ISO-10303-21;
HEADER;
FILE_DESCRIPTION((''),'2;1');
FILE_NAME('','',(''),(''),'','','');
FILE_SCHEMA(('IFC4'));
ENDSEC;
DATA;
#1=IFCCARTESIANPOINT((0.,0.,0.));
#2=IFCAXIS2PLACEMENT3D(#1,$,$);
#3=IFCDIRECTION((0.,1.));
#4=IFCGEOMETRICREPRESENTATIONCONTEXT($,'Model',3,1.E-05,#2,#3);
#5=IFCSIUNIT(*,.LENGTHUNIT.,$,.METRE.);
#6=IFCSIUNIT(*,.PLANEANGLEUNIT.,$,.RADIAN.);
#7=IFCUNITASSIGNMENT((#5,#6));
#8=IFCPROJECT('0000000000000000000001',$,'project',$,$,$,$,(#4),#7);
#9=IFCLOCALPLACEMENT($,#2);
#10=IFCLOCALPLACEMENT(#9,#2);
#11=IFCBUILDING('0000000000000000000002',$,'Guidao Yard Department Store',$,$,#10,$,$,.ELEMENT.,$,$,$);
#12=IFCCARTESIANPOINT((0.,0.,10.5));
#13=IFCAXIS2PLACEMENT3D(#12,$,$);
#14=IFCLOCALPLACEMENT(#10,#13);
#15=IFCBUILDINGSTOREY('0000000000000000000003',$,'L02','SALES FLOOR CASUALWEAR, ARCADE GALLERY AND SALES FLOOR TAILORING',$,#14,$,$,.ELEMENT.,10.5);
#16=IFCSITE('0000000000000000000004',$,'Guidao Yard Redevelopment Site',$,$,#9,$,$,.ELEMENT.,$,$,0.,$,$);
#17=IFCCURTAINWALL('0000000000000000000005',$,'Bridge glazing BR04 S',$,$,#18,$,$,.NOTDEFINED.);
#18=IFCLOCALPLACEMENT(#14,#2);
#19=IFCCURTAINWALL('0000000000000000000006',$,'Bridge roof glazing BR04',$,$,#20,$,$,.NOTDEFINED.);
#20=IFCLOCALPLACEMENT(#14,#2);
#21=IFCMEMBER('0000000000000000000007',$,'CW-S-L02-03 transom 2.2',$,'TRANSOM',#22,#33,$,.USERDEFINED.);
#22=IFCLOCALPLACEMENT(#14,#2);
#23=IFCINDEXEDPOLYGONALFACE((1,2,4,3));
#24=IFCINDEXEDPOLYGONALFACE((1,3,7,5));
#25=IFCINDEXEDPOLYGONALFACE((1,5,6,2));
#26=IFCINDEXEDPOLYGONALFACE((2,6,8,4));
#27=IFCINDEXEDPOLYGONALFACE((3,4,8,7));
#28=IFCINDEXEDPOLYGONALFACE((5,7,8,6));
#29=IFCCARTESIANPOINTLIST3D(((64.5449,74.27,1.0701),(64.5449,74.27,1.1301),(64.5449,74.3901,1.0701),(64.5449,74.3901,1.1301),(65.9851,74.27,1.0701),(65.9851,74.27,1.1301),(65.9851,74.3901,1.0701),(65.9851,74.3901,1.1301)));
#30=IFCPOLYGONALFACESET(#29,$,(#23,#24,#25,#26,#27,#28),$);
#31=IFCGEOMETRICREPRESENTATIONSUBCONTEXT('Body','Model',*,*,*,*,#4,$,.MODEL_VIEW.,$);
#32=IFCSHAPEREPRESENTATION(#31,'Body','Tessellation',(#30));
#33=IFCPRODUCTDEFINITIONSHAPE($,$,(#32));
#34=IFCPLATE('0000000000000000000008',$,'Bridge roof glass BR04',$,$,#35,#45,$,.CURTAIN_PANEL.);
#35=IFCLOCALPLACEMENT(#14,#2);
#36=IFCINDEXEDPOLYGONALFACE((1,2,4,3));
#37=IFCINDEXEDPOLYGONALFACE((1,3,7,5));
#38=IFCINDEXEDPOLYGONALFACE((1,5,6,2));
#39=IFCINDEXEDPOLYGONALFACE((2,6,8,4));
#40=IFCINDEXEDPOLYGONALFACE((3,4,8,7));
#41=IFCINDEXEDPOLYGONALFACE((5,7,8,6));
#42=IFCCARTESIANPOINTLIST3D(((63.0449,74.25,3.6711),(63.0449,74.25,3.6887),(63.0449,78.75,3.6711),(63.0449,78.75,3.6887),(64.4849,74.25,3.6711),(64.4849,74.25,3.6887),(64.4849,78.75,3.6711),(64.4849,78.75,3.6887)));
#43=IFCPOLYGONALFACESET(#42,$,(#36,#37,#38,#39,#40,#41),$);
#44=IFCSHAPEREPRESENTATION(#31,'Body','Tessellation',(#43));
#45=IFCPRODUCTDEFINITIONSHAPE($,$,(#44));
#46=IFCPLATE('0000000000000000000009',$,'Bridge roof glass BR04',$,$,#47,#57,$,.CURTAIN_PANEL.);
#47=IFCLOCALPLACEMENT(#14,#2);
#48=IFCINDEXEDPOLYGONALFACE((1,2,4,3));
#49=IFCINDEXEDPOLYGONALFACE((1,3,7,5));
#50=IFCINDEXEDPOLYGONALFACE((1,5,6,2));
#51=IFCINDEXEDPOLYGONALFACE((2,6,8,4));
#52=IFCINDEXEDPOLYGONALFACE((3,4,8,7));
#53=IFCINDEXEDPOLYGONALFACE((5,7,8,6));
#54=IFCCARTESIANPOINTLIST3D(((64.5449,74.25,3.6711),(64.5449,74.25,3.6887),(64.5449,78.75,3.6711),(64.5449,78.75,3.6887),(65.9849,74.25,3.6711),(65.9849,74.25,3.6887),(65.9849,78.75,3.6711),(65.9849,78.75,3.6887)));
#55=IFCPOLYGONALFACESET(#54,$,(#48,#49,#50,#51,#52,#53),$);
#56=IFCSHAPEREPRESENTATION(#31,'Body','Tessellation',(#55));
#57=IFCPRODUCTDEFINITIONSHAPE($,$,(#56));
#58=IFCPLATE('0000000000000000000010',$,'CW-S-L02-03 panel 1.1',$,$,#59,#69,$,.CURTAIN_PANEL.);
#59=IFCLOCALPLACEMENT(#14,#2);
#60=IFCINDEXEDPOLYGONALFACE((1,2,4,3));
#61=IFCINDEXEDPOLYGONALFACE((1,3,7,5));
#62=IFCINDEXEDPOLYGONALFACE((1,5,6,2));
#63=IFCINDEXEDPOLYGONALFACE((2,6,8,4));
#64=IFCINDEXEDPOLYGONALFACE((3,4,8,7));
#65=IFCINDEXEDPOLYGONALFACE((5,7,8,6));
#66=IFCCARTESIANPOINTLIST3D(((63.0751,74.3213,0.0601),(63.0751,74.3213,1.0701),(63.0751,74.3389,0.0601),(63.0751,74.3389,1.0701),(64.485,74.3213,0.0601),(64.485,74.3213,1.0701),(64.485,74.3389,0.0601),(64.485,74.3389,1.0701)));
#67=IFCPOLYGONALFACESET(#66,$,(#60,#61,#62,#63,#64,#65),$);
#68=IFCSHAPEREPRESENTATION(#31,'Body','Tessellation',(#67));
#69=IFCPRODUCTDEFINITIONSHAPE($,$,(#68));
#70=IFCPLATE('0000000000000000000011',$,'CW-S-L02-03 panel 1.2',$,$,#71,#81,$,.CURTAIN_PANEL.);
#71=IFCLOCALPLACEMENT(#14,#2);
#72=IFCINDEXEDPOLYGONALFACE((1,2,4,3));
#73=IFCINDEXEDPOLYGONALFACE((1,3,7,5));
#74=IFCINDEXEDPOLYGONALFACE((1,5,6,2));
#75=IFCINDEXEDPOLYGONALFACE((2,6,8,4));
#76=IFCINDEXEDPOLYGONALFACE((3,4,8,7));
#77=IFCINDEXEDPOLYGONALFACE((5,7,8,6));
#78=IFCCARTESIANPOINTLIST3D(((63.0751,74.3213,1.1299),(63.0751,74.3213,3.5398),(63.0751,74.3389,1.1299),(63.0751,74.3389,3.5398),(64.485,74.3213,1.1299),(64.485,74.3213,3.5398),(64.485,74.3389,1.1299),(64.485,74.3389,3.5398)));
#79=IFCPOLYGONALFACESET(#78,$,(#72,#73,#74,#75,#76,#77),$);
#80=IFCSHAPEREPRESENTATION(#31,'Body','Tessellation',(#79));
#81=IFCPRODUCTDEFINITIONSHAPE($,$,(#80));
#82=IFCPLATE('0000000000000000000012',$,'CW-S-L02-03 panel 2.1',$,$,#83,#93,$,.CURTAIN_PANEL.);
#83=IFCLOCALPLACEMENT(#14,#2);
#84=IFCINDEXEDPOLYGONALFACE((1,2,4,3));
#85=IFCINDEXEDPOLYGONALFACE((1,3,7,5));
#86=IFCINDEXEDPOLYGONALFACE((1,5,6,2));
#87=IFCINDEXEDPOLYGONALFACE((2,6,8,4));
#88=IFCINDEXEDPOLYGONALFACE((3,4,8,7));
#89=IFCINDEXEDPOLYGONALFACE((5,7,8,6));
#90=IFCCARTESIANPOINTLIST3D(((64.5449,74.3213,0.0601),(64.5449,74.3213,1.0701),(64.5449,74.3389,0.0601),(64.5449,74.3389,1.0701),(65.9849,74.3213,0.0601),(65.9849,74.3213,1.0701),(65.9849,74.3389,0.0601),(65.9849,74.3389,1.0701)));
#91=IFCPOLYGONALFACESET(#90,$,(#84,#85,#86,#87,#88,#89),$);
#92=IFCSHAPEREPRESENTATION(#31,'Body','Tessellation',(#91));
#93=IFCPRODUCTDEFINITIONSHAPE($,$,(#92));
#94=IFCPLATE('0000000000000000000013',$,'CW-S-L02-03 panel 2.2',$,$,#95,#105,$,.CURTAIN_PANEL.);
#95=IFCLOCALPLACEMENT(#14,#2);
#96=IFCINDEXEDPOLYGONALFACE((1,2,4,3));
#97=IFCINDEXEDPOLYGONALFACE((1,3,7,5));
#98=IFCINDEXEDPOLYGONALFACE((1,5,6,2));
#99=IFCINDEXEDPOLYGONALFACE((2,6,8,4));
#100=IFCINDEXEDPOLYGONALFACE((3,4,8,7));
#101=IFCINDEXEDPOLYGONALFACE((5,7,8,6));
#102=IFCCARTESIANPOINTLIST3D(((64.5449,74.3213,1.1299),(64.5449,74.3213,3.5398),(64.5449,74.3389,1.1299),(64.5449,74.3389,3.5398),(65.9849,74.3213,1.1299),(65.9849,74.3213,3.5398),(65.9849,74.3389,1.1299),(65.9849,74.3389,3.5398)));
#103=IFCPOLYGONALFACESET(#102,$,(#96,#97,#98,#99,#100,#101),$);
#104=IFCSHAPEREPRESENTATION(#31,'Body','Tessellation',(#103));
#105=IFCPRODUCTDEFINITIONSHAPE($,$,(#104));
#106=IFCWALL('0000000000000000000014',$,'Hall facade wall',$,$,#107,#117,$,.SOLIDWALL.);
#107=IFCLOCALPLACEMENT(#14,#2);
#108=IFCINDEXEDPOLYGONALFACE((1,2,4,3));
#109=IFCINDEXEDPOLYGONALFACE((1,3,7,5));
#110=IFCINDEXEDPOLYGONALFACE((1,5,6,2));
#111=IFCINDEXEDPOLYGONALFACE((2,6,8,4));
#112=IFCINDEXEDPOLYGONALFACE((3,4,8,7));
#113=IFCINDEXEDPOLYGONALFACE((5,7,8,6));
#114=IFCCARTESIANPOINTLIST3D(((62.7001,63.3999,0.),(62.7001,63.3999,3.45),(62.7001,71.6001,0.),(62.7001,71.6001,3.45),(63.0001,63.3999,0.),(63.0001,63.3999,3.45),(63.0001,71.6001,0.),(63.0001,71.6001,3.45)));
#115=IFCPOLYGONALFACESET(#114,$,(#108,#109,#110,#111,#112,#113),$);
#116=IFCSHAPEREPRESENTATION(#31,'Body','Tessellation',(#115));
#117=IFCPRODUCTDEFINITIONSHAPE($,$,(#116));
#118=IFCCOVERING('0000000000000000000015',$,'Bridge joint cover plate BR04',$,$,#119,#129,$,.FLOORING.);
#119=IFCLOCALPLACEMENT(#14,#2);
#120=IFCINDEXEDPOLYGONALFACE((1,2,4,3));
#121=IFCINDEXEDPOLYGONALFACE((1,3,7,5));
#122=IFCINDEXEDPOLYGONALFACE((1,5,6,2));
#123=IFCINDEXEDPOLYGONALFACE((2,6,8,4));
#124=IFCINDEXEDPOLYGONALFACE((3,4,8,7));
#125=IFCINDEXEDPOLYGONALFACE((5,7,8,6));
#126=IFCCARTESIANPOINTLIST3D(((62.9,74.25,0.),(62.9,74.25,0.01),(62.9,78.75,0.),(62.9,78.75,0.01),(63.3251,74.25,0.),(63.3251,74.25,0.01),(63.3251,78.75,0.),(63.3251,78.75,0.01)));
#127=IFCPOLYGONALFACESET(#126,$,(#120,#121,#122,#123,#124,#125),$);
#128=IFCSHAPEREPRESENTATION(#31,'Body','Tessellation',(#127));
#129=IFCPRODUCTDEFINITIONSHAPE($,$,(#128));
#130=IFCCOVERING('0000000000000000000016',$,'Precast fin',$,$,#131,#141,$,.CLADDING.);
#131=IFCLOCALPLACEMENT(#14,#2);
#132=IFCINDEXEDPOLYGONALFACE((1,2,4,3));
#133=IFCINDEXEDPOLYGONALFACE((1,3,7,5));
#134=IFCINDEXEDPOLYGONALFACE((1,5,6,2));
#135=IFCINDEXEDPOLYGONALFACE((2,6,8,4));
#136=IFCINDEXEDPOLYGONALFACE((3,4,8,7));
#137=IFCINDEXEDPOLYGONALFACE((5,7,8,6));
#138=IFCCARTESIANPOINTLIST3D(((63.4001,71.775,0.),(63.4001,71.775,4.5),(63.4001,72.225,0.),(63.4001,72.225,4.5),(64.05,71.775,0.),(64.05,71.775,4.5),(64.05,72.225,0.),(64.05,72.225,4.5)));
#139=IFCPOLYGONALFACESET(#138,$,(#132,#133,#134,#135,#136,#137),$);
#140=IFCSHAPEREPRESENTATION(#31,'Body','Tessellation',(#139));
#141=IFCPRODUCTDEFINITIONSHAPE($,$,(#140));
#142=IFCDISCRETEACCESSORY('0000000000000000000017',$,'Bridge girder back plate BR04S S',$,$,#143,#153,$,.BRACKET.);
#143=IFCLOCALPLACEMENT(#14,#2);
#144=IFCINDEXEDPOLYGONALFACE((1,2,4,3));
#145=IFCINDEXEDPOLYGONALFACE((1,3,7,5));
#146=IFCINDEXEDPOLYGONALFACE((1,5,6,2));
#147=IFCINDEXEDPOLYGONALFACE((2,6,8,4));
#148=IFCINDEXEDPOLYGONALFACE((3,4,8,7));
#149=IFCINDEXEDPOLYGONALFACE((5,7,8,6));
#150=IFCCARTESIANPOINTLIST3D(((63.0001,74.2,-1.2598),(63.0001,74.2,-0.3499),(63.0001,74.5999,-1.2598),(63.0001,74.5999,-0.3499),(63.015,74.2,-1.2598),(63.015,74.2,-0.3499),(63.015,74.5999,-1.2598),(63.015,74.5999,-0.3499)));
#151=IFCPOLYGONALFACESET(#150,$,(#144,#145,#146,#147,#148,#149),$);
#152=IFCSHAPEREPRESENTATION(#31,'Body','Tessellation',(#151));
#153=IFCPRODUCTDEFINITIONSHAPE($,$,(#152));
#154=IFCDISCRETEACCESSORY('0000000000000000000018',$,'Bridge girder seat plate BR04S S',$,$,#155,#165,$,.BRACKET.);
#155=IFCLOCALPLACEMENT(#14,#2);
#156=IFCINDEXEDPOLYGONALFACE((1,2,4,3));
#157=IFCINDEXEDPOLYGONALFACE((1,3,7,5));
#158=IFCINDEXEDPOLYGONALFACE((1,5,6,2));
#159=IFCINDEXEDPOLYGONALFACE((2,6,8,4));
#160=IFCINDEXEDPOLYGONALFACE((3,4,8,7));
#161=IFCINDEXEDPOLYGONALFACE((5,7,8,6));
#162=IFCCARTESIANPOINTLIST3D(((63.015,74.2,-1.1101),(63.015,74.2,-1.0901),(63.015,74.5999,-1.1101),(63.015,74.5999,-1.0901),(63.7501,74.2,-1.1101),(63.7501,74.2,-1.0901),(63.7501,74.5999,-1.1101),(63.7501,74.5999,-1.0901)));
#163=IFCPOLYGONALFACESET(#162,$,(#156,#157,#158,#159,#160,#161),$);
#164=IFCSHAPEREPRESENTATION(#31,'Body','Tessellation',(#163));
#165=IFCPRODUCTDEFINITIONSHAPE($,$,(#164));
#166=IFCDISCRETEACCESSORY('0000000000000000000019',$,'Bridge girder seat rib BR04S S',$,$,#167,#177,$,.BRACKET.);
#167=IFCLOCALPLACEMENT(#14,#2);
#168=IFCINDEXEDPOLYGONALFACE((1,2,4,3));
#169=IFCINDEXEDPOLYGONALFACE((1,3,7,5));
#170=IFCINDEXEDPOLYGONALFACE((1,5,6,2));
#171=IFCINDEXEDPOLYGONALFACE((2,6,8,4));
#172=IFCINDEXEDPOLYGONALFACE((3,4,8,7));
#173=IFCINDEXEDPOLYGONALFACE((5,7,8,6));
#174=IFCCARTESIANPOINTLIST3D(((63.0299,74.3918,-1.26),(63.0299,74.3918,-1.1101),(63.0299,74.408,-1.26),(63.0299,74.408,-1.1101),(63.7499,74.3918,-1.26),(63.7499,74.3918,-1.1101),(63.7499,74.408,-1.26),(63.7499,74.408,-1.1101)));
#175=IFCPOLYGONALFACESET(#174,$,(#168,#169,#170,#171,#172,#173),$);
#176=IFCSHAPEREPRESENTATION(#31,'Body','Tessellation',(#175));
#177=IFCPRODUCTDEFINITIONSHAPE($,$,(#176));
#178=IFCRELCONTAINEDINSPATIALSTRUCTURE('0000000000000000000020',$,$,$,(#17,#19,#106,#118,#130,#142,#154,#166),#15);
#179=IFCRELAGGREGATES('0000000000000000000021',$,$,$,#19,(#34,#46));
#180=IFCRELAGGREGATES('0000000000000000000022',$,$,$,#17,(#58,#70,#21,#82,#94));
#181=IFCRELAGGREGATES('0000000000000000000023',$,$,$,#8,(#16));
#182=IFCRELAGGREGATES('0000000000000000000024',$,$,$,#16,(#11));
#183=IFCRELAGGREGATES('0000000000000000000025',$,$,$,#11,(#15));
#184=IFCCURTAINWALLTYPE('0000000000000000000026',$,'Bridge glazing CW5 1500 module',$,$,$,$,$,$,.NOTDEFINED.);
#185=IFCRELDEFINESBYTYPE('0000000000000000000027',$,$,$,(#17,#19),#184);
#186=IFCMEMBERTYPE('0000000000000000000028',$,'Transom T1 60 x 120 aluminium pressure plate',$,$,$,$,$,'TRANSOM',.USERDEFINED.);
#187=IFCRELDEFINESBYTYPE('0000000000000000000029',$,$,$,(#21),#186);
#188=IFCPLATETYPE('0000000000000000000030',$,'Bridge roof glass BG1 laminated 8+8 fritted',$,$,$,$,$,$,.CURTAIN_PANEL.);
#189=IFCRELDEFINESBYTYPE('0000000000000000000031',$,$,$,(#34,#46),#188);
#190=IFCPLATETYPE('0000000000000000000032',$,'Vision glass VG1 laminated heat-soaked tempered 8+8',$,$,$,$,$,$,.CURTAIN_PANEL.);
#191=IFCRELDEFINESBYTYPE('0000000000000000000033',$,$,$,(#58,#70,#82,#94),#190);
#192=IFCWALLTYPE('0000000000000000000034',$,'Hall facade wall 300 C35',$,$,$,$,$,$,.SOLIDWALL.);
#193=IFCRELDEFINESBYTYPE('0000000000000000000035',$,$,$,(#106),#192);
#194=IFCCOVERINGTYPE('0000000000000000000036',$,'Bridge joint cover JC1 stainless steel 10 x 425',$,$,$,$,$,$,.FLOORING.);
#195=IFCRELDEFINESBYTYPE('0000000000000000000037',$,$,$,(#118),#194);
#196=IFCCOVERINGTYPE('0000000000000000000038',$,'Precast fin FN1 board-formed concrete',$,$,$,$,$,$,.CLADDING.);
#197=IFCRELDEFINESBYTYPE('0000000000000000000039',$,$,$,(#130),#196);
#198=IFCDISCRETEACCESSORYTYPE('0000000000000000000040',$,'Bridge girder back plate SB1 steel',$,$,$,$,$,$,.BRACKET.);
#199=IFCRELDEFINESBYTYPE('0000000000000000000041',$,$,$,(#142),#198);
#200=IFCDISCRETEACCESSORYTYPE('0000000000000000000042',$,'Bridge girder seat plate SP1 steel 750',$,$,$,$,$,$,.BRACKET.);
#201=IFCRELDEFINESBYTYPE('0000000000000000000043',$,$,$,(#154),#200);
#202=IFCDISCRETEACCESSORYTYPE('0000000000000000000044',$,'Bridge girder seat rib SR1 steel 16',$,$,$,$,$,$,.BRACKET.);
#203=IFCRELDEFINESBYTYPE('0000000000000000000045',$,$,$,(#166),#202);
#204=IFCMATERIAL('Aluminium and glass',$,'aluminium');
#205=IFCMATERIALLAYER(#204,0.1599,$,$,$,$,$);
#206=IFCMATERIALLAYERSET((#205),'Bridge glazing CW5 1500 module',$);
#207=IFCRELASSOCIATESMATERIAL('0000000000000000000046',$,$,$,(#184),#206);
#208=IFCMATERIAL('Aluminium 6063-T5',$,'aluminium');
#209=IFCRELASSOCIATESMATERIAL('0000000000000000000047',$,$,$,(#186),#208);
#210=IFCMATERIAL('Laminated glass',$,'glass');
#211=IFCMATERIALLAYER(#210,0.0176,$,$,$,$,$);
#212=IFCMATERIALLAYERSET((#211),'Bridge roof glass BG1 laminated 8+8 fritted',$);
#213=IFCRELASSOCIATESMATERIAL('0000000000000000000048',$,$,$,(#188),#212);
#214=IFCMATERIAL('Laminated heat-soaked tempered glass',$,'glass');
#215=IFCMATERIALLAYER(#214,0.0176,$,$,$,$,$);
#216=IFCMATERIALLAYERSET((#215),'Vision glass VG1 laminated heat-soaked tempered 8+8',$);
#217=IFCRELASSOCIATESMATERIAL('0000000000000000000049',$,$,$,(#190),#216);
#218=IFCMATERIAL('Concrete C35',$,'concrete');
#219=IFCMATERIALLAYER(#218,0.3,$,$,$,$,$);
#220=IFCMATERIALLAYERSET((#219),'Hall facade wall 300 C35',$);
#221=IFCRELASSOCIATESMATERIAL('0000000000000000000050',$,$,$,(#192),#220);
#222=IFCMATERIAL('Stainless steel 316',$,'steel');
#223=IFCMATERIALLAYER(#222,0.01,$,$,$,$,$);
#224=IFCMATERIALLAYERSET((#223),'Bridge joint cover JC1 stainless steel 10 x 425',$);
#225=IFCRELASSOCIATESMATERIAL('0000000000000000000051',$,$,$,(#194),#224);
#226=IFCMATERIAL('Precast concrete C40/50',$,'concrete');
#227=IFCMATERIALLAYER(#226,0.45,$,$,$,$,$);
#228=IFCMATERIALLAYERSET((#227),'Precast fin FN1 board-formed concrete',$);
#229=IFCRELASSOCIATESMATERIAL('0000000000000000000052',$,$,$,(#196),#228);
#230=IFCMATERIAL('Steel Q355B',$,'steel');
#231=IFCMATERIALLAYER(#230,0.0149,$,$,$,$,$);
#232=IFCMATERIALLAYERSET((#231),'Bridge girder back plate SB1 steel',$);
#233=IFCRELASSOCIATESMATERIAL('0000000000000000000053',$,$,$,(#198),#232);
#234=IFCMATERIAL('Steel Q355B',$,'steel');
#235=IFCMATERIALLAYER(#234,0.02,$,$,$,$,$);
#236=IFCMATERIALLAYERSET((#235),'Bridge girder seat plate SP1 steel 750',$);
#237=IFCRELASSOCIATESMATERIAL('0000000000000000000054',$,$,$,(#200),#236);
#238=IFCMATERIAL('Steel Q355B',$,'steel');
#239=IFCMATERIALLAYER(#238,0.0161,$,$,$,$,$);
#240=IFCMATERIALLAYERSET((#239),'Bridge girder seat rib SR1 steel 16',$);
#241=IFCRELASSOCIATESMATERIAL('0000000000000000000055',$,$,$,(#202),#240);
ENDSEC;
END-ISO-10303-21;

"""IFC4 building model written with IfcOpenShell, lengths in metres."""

from ifc_helpers import new_model, si_unit, direction, frame, frame_2d, origin, origin_2d, place, context, subcontext, project, spatial, rectangle, extrude, material, layer, layer_set, material_profile, profile_set, type_object, element, aggregate, save


model = new_model("IFC4")

# Units and contexts
model_context = context("Model", 3, precision=1e-05, world=origin(), true_north=direction((0.0, 1.0)))
body_context = subcontext(model_context, "Body", "Model", "MODEL_VIEW")
ifc_project = project(units=[si_unit("LENGTHUNIT", "METRE"), si_unit("PLANEANGLEUNIT", "RADIAN")], contexts=[model_context])

# Site, building, storey
site_placement = place(None, origin())
site = spatial("IfcSite", under=ifc_project, at=site_placement, Name="Guidao Yard Redevelopment Site", CompositionType="ELEMENT", RefElevation=0.0)
building_placement = place(site_placement, origin())
building = spatial("IfcBuilding", under=site, at=building_placement, Name="Guidao Yard Department Store", CompositionType="ELEMENT")
storey_placement = place(building_placement, frame((0.0, 0.0, 10.5)))
storey = spatial("IfcBuildingStorey", under=building, at=storey_placement, Name="L02", Description="SALES FLOOR CASUALWEAR, ARCADE GALLERY AND SALES FLOOR TAILORING", CompositionType="ELEMENT", Elevation=10.5)

# Curtain walls
ifc_material_1 = material(Name="Aluminium and glass", Category="aluminium")
ifc_layer_1 = layer(ifc_material_1, 0.1599)
ifc_layer_set_1 = layer_set([ifc_layer_1], Name="Bridge glazing CW5 1500 module")
curtain_wall_type = type_object("IfcCurtainWallType", Name="Bridge glazing CW5 1500 module", PredefinedType="NOTDEFINED", material=ifc_layer_set_1)
curtain_wall_1_placement = place(storey_placement, origin())
curtain_wall_1 = element("IfcCurtainWall", 1, at=curtain_wall_1_placement, inside=storey, type_object=curtain_wall_type, Name="Bridge glazing BR04 S", PredefinedType="NOTDEFINED")
curtain_wall_2_placement = place(storey_placement, origin())
curtain_wall_2 = element("IfcCurtainWall", 2, at=curtain_wall_2_placement, inside=storey, type_object=curtain_wall_type, Name="Bridge roof glazing BR04", PredefinedType="NOTDEFINED")

# Member
ifc_material_2 = material(Name="Aluminium 6063-T5", Category="aluminium")
ifc_material_profile_1 = material_profile(ifc_material_2, rectangle(XDim=0.1201, YDim=0.0601, at=origin_2d()), Name="Transom T1 60 x 120 aluminium pressure plate")
ifc_profile_set_1 = profile_set([ifc_material_profile_1], Name="Aluminium 6063-T5")
member_type_1 = type_object("IfcMemberType", Name="Transom T1 60 x 120 aluminium pressure plate", ElementType="TRANSOM", PredefinedType="USERDEFINED", material=ifc_profile_set_1)
member_1_placement = place(storey_placement, frame((65.9851, 74.3301, 1.1001), z_axis=(-1.0, 0.0, 0.0), x_axis=(0.0, -1.0, 0.0)))
member_1 = element("IfcMember", 3, at=member_1_placement, type_object=member_type_1, Name="CW-S-L02-03 transom 2.2", ObjectType="TRANSOM", PredefinedType="USERDEFINED", context=body_context, shape_type="SweptSolid", body=[
    extrude(rectangle(XDim=0.1201, YDim=0.0601, at=origin_2d()), origin(), (0.0, 0.0, 1.0), 1.4402),
])

# Plates
ifc_material_3 = material(Name="Laminated glass", Category="glass")
ifc_layer_2 = layer(ifc_material_3, 0.0176)
ifc_layer_set_2 = layer_set([ifc_layer_2], Name="Bridge roof glass BG1 laminated 8+8 fritted")
plate_type_1 = type_object("IfcPlateType", Name="Bridge roof glass BG1 laminated 8+8 fritted", PredefinedType="CURTAIN_PANEL", material=ifc_layer_set_2)
plate_1_placement = place(storey_placement, frame((63.7649, 76.5, 3.6711), z_axis=(0.0, 0.0, 1.0), x_axis=(1.0, 0.0, 0.0)))
plate_1 = element("IfcPlate", 4, at=plate_1_placement, type_object=plate_type_1, Name="Bridge roof glass BR04", PredefinedType="CURTAIN_PANEL", context=body_context, shape_type="SweptSolid", body=[
    extrude(rectangle(XDim=1.4399, YDim=4.5, at=origin_2d()), origin(), (0.0, 0.0, 1.0), 0.0176),
])
plate_2_placement = place(storey_placement, frame((65.2649, 76.5, 3.6711), z_axis=(0.0, 0.0, 1.0), x_axis=(1.0, 0.0, 0.0)))
plate_2 = element("IfcPlate", 5, at=plate_2_placement, type_object=plate_type_1, Name="Bridge roof glass BR04", PredefinedType="CURTAIN_PANEL", context=body_context, shape_type="SweptSolid", body=[
    extrude(rectangle(XDim=1.4399, YDim=4.5, at=origin_2d()), origin(), (0.0, 0.0, 1.0), 0.0176),
])
aggregate(curtain_wall_2, [plate_1, plate_2])
ifc_material_4 = material(Name="Laminated heat-soaked tempered glass", Category="glass")
ifc_layer_3 = layer(ifc_material_4, 0.0176)
ifc_layer_set_3 = layer_set([ifc_layer_3], Name="Vision glass VG1 laminated heat-soaked tempered 8+8")
plate_type_2 = type_object("IfcPlateType", Name="Vision glass VG1 laminated heat-soaked tempered 8+8", PredefinedType="CURTAIN_PANEL", material=ifc_layer_set_3)
plate_3_placement = place(storey_placement, frame((63.78, 74.3301, 0.0601), z_axis=(0.0, 0.0, 1.0), x_axis=(-1.0, 0.0, 0.0)))
plate_3 = element("IfcPlate", 6, at=plate_3_placement, type_object=plate_type_2, Name="CW-S-L02-03 panel 1.1", PredefinedType="CURTAIN_PANEL", context=body_context, shape_type="SweptSolid", body=[
    extrude(rectangle(XDim=1.4099, YDim=0.0176, at=origin_2d()), origin(), (0.0, 0.0, 1.0), 1.01),
])
plate_4_placement = place(storey_placement, frame((63.78, 74.3301, 1.1299), z_axis=(0.0, 0.0, 1.0), x_axis=(-1.0, 0.0, 0.0)))
plate_4 = element("IfcPlate", 7, at=plate_4_placement, type_object=plate_type_2, Name="CW-S-L02-03 panel 1.2", PredefinedType="CURTAIN_PANEL", context=body_context, shape_type="SweptSolid", body=[
    extrude(rectangle(XDim=1.4099, YDim=0.0176, at=origin_2d()), origin(), (0.0, 0.0, 1.0), 2.4099),
])
plate_5_placement = place(storey_placement, frame((65.2649, 74.3301, 0.0601), z_axis=(0.0, 0.0, 1.0), x_axis=(-1.0, 0.0, 0.0)))
plate_5 = element("IfcPlate", 8, at=plate_5_placement, type_object=plate_type_2, Name="CW-S-L02-03 panel 2.1", PredefinedType="CURTAIN_PANEL", context=body_context, shape_type="SweptSolid", body=[
    extrude(rectangle(XDim=1.4399, YDim=0.0176, at=origin_2d()), origin(), (0.0, 0.0, 1.0), 1.01),
])
plate_6_placement = place(storey_placement, frame((65.2649, 74.3301, 1.1299), z_axis=(0.0, 0.0, 1.0), x_axis=(-1.0, 0.0, 0.0)))
plate_6 = element("IfcPlate", 9, at=plate_6_placement, type_object=plate_type_2, Name="CW-S-L02-03 panel 2.2", PredefinedType="CURTAIN_PANEL", context=body_context, shape_type="SweptSolid", body=[
    extrude(rectangle(XDim=1.4399, YDim=0.0176, at=origin_2d()), origin(), (0.0, 0.0, 1.0), 2.4099),
])
aggregate(curtain_wall_1, [plate_3, plate_4, member_1, plate_5, plate_6])

# Wall
ifc_material_5 = material(Name="Concrete C35", Category="concrete")
ifc_layer_4 = layer(ifc_material_5, 0.3)
ifc_layer_set_4 = layer_set([ifc_layer_4], Name="Hall facade wall 300 C35")
wall_type = type_object("IfcWallType", Name="Hall facade wall 300 C35", PredefinedType="SOLIDWALL", material=ifc_layer_set_4)
wall_placement = place(storey_placement, frame((62.8501, 71.6001, 0.0), z_axis=(0.0, 0.0, 1.0), x_axis=(0.0, -1.0, 0.0)))
element("IfcWall", 10, at=wall_placement, inside=storey, type_object=wall_type, Name="Hall facade wall", PredefinedType="SOLIDWALL", context=body_context, shape_type="SweptSolid", body=[
    extrude(rectangle(XDim=8.2002, YDim=0.3, at=frame_2d((4.1001, 0.0))), origin(), (0.0, 0.0, 1.0), 3.45),
])

# Coverings
ifc_material_6 = material(Name="Stainless steel 316", Category="steel")
ifc_layer_5 = layer(ifc_material_6, 0.01)
ifc_layer_set_5 = layer_set([ifc_layer_5], Name="Bridge joint cover JC1 stainless steel 10 x 425")
covering_type_1 = type_object("IfcCoveringType", Name="Bridge joint cover JC1 stainless steel 10 x 425", PredefinedType="FLOORING", material=ifc_layer_set_5)
covering_1_placement = place(storey_placement, frame((63.1125, 76.5, 0.0), z_axis=(0.0, 0.0, 1.0), x_axis=(1.0, 0.0, 0.0)))
element("IfcCovering", 11, at=covering_1_placement, inside=storey, type_object=covering_type_1, Name="Bridge joint cover plate BR04", PredefinedType="FLOORING", context=body_context, shape_type="SweptSolid", body=[
    extrude(rectangle(XDim=0.425, YDim=4.5, at=origin_2d()), origin(), (0.0, 0.0, 1.0), 0.01),
])
ifc_material_7 = material(Name="Precast concrete C40/50", Category="concrete")
ifc_layer_6 = layer(ifc_material_7, 0.45)
ifc_layer_set_6 = layer_set([ifc_layer_6], Name="Precast fin FN1 board-formed concrete")
covering_type_2 = type_object("IfcCoveringType", Name="Precast fin FN1 board-formed concrete", PredefinedType="CLADDING", material=ifc_layer_set_6)
covering_2_placement = place(storey_placement, frame((63.7251, 72.0, 0.0), z_axis=(0.0, 0.0, 1.0), x_axis=(0.0, -1.0, 0.0)))
element("IfcCovering", 12, at=covering_2_placement, inside=storey, type_object=covering_type_2, Name="Precast fin", PredefinedType="CLADDING", context=body_context, shape_type="SweptSolid", body=[
    extrude(rectangle(XDim=0.45, YDim=0.6499, at=origin_2d()), origin(), (0.0, 0.0, 1.0), 4.5),
])

# Discrete accessories
ifc_material_8 = material(Name="Steel Q355B", Category="steel")
ifc_layer_7 = layer(ifc_material_8, 0.0149)
ifc_layer_set_7 = layer_set([ifc_layer_7], Name="Bridge girder back plate SB1 steel")
discrete_accessory_type_1 = type_object("IfcDiscreteAccessoryType", Name="Bridge girder back plate SB1 steel", PredefinedType="BRACKET", material=ifc_layer_set_7)
discrete_accessory_1_placement = place(storey_placement, frame((63.0076, 74.3999, -1.2598), z_axis=(0.0, 0.0, 1.0), x_axis=(1.0, 0.0, 0.0)))
element("IfcDiscreteAccessory", 13, at=discrete_accessory_1_placement, inside=storey, type_object=discrete_accessory_type_1, Name="Bridge girder back plate BR04S S", PredefinedType="BRACKET", context=body_context, shape_type="SweptSolid", body=[
    extrude(rectangle(XDim=0.0149, YDim=0.3999, at=origin_2d()), origin(), (0.0, 0.0, 1.0), 0.9099),
])
ifc_material_9 = material(Name="Steel Q355B", Category="steel")
ifc_layer_8 = layer(ifc_material_9, 0.02)
ifc_layer_set_8 = layer_set([ifc_layer_8], Name="Bridge girder seat plate SP1 steel 750")
discrete_accessory_type_2 = type_object("IfcDiscreteAccessoryType", Name="Bridge girder seat plate SP1 steel 750", PredefinedType="BRACKET", material=ifc_layer_set_8)
discrete_accessory_2_placement = place(storey_placement, frame((63.3826, 74.3999, -1.1101), z_axis=(0.0, 0.0, 1.0), x_axis=(1.0, 0.0, 0.0)))
element("IfcDiscreteAccessory", 14, at=discrete_accessory_2_placement, inside=storey, type_object=discrete_accessory_type_2, Name="Bridge girder seat plate BR04S S", PredefinedType="BRACKET", context=body_context, shape_type="SweptSolid", body=[
    extrude(rectangle(XDim=0.7351, YDim=0.3999, at=origin_2d()), origin(), (0.0, 0.0, 1.0), 0.02),
])
ifc_material_10 = material(Name="Steel Q355B", Category="steel")
ifc_layer_9 = layer(ifc_material_10, 0.0161)
ifc_layer_set_9 = layer_set([ifc_layer_9], Name="Bridge girder seat rib SR1 steel 16")
discrete_accessory_type_3 = type_object("IfcDiscreteAccessoryType", Name="Bridge girder seat rib SR1 steel 16", PredefinedType="BRACKET", material=ifc_layer_set_9)
discrete_accessory_3_placement = place(storey_placement, frame((63.3899, 74.3999, -1.26), z_axis=(0.0, 0.0, 1.0), x_axis=(1.0, 0.0, 0.0)))
element("IfcDiscreteAccessory", 15, at=discrete_accessory_3_placement, inside=storey, type_object=discrete_accessory_type_3, Name="Bridge girder seat rib BR04S S", PredefinedType="BRACKET", context=body_context, shape_type="SweptSolid", body=[
    extrude(rectangle(XDim=0.72, YDim=0.0161, at=origin_2d()), origin(), (0.0, 0.0, 1.0), 0.1499),
])

save(model, "model.ifc")
